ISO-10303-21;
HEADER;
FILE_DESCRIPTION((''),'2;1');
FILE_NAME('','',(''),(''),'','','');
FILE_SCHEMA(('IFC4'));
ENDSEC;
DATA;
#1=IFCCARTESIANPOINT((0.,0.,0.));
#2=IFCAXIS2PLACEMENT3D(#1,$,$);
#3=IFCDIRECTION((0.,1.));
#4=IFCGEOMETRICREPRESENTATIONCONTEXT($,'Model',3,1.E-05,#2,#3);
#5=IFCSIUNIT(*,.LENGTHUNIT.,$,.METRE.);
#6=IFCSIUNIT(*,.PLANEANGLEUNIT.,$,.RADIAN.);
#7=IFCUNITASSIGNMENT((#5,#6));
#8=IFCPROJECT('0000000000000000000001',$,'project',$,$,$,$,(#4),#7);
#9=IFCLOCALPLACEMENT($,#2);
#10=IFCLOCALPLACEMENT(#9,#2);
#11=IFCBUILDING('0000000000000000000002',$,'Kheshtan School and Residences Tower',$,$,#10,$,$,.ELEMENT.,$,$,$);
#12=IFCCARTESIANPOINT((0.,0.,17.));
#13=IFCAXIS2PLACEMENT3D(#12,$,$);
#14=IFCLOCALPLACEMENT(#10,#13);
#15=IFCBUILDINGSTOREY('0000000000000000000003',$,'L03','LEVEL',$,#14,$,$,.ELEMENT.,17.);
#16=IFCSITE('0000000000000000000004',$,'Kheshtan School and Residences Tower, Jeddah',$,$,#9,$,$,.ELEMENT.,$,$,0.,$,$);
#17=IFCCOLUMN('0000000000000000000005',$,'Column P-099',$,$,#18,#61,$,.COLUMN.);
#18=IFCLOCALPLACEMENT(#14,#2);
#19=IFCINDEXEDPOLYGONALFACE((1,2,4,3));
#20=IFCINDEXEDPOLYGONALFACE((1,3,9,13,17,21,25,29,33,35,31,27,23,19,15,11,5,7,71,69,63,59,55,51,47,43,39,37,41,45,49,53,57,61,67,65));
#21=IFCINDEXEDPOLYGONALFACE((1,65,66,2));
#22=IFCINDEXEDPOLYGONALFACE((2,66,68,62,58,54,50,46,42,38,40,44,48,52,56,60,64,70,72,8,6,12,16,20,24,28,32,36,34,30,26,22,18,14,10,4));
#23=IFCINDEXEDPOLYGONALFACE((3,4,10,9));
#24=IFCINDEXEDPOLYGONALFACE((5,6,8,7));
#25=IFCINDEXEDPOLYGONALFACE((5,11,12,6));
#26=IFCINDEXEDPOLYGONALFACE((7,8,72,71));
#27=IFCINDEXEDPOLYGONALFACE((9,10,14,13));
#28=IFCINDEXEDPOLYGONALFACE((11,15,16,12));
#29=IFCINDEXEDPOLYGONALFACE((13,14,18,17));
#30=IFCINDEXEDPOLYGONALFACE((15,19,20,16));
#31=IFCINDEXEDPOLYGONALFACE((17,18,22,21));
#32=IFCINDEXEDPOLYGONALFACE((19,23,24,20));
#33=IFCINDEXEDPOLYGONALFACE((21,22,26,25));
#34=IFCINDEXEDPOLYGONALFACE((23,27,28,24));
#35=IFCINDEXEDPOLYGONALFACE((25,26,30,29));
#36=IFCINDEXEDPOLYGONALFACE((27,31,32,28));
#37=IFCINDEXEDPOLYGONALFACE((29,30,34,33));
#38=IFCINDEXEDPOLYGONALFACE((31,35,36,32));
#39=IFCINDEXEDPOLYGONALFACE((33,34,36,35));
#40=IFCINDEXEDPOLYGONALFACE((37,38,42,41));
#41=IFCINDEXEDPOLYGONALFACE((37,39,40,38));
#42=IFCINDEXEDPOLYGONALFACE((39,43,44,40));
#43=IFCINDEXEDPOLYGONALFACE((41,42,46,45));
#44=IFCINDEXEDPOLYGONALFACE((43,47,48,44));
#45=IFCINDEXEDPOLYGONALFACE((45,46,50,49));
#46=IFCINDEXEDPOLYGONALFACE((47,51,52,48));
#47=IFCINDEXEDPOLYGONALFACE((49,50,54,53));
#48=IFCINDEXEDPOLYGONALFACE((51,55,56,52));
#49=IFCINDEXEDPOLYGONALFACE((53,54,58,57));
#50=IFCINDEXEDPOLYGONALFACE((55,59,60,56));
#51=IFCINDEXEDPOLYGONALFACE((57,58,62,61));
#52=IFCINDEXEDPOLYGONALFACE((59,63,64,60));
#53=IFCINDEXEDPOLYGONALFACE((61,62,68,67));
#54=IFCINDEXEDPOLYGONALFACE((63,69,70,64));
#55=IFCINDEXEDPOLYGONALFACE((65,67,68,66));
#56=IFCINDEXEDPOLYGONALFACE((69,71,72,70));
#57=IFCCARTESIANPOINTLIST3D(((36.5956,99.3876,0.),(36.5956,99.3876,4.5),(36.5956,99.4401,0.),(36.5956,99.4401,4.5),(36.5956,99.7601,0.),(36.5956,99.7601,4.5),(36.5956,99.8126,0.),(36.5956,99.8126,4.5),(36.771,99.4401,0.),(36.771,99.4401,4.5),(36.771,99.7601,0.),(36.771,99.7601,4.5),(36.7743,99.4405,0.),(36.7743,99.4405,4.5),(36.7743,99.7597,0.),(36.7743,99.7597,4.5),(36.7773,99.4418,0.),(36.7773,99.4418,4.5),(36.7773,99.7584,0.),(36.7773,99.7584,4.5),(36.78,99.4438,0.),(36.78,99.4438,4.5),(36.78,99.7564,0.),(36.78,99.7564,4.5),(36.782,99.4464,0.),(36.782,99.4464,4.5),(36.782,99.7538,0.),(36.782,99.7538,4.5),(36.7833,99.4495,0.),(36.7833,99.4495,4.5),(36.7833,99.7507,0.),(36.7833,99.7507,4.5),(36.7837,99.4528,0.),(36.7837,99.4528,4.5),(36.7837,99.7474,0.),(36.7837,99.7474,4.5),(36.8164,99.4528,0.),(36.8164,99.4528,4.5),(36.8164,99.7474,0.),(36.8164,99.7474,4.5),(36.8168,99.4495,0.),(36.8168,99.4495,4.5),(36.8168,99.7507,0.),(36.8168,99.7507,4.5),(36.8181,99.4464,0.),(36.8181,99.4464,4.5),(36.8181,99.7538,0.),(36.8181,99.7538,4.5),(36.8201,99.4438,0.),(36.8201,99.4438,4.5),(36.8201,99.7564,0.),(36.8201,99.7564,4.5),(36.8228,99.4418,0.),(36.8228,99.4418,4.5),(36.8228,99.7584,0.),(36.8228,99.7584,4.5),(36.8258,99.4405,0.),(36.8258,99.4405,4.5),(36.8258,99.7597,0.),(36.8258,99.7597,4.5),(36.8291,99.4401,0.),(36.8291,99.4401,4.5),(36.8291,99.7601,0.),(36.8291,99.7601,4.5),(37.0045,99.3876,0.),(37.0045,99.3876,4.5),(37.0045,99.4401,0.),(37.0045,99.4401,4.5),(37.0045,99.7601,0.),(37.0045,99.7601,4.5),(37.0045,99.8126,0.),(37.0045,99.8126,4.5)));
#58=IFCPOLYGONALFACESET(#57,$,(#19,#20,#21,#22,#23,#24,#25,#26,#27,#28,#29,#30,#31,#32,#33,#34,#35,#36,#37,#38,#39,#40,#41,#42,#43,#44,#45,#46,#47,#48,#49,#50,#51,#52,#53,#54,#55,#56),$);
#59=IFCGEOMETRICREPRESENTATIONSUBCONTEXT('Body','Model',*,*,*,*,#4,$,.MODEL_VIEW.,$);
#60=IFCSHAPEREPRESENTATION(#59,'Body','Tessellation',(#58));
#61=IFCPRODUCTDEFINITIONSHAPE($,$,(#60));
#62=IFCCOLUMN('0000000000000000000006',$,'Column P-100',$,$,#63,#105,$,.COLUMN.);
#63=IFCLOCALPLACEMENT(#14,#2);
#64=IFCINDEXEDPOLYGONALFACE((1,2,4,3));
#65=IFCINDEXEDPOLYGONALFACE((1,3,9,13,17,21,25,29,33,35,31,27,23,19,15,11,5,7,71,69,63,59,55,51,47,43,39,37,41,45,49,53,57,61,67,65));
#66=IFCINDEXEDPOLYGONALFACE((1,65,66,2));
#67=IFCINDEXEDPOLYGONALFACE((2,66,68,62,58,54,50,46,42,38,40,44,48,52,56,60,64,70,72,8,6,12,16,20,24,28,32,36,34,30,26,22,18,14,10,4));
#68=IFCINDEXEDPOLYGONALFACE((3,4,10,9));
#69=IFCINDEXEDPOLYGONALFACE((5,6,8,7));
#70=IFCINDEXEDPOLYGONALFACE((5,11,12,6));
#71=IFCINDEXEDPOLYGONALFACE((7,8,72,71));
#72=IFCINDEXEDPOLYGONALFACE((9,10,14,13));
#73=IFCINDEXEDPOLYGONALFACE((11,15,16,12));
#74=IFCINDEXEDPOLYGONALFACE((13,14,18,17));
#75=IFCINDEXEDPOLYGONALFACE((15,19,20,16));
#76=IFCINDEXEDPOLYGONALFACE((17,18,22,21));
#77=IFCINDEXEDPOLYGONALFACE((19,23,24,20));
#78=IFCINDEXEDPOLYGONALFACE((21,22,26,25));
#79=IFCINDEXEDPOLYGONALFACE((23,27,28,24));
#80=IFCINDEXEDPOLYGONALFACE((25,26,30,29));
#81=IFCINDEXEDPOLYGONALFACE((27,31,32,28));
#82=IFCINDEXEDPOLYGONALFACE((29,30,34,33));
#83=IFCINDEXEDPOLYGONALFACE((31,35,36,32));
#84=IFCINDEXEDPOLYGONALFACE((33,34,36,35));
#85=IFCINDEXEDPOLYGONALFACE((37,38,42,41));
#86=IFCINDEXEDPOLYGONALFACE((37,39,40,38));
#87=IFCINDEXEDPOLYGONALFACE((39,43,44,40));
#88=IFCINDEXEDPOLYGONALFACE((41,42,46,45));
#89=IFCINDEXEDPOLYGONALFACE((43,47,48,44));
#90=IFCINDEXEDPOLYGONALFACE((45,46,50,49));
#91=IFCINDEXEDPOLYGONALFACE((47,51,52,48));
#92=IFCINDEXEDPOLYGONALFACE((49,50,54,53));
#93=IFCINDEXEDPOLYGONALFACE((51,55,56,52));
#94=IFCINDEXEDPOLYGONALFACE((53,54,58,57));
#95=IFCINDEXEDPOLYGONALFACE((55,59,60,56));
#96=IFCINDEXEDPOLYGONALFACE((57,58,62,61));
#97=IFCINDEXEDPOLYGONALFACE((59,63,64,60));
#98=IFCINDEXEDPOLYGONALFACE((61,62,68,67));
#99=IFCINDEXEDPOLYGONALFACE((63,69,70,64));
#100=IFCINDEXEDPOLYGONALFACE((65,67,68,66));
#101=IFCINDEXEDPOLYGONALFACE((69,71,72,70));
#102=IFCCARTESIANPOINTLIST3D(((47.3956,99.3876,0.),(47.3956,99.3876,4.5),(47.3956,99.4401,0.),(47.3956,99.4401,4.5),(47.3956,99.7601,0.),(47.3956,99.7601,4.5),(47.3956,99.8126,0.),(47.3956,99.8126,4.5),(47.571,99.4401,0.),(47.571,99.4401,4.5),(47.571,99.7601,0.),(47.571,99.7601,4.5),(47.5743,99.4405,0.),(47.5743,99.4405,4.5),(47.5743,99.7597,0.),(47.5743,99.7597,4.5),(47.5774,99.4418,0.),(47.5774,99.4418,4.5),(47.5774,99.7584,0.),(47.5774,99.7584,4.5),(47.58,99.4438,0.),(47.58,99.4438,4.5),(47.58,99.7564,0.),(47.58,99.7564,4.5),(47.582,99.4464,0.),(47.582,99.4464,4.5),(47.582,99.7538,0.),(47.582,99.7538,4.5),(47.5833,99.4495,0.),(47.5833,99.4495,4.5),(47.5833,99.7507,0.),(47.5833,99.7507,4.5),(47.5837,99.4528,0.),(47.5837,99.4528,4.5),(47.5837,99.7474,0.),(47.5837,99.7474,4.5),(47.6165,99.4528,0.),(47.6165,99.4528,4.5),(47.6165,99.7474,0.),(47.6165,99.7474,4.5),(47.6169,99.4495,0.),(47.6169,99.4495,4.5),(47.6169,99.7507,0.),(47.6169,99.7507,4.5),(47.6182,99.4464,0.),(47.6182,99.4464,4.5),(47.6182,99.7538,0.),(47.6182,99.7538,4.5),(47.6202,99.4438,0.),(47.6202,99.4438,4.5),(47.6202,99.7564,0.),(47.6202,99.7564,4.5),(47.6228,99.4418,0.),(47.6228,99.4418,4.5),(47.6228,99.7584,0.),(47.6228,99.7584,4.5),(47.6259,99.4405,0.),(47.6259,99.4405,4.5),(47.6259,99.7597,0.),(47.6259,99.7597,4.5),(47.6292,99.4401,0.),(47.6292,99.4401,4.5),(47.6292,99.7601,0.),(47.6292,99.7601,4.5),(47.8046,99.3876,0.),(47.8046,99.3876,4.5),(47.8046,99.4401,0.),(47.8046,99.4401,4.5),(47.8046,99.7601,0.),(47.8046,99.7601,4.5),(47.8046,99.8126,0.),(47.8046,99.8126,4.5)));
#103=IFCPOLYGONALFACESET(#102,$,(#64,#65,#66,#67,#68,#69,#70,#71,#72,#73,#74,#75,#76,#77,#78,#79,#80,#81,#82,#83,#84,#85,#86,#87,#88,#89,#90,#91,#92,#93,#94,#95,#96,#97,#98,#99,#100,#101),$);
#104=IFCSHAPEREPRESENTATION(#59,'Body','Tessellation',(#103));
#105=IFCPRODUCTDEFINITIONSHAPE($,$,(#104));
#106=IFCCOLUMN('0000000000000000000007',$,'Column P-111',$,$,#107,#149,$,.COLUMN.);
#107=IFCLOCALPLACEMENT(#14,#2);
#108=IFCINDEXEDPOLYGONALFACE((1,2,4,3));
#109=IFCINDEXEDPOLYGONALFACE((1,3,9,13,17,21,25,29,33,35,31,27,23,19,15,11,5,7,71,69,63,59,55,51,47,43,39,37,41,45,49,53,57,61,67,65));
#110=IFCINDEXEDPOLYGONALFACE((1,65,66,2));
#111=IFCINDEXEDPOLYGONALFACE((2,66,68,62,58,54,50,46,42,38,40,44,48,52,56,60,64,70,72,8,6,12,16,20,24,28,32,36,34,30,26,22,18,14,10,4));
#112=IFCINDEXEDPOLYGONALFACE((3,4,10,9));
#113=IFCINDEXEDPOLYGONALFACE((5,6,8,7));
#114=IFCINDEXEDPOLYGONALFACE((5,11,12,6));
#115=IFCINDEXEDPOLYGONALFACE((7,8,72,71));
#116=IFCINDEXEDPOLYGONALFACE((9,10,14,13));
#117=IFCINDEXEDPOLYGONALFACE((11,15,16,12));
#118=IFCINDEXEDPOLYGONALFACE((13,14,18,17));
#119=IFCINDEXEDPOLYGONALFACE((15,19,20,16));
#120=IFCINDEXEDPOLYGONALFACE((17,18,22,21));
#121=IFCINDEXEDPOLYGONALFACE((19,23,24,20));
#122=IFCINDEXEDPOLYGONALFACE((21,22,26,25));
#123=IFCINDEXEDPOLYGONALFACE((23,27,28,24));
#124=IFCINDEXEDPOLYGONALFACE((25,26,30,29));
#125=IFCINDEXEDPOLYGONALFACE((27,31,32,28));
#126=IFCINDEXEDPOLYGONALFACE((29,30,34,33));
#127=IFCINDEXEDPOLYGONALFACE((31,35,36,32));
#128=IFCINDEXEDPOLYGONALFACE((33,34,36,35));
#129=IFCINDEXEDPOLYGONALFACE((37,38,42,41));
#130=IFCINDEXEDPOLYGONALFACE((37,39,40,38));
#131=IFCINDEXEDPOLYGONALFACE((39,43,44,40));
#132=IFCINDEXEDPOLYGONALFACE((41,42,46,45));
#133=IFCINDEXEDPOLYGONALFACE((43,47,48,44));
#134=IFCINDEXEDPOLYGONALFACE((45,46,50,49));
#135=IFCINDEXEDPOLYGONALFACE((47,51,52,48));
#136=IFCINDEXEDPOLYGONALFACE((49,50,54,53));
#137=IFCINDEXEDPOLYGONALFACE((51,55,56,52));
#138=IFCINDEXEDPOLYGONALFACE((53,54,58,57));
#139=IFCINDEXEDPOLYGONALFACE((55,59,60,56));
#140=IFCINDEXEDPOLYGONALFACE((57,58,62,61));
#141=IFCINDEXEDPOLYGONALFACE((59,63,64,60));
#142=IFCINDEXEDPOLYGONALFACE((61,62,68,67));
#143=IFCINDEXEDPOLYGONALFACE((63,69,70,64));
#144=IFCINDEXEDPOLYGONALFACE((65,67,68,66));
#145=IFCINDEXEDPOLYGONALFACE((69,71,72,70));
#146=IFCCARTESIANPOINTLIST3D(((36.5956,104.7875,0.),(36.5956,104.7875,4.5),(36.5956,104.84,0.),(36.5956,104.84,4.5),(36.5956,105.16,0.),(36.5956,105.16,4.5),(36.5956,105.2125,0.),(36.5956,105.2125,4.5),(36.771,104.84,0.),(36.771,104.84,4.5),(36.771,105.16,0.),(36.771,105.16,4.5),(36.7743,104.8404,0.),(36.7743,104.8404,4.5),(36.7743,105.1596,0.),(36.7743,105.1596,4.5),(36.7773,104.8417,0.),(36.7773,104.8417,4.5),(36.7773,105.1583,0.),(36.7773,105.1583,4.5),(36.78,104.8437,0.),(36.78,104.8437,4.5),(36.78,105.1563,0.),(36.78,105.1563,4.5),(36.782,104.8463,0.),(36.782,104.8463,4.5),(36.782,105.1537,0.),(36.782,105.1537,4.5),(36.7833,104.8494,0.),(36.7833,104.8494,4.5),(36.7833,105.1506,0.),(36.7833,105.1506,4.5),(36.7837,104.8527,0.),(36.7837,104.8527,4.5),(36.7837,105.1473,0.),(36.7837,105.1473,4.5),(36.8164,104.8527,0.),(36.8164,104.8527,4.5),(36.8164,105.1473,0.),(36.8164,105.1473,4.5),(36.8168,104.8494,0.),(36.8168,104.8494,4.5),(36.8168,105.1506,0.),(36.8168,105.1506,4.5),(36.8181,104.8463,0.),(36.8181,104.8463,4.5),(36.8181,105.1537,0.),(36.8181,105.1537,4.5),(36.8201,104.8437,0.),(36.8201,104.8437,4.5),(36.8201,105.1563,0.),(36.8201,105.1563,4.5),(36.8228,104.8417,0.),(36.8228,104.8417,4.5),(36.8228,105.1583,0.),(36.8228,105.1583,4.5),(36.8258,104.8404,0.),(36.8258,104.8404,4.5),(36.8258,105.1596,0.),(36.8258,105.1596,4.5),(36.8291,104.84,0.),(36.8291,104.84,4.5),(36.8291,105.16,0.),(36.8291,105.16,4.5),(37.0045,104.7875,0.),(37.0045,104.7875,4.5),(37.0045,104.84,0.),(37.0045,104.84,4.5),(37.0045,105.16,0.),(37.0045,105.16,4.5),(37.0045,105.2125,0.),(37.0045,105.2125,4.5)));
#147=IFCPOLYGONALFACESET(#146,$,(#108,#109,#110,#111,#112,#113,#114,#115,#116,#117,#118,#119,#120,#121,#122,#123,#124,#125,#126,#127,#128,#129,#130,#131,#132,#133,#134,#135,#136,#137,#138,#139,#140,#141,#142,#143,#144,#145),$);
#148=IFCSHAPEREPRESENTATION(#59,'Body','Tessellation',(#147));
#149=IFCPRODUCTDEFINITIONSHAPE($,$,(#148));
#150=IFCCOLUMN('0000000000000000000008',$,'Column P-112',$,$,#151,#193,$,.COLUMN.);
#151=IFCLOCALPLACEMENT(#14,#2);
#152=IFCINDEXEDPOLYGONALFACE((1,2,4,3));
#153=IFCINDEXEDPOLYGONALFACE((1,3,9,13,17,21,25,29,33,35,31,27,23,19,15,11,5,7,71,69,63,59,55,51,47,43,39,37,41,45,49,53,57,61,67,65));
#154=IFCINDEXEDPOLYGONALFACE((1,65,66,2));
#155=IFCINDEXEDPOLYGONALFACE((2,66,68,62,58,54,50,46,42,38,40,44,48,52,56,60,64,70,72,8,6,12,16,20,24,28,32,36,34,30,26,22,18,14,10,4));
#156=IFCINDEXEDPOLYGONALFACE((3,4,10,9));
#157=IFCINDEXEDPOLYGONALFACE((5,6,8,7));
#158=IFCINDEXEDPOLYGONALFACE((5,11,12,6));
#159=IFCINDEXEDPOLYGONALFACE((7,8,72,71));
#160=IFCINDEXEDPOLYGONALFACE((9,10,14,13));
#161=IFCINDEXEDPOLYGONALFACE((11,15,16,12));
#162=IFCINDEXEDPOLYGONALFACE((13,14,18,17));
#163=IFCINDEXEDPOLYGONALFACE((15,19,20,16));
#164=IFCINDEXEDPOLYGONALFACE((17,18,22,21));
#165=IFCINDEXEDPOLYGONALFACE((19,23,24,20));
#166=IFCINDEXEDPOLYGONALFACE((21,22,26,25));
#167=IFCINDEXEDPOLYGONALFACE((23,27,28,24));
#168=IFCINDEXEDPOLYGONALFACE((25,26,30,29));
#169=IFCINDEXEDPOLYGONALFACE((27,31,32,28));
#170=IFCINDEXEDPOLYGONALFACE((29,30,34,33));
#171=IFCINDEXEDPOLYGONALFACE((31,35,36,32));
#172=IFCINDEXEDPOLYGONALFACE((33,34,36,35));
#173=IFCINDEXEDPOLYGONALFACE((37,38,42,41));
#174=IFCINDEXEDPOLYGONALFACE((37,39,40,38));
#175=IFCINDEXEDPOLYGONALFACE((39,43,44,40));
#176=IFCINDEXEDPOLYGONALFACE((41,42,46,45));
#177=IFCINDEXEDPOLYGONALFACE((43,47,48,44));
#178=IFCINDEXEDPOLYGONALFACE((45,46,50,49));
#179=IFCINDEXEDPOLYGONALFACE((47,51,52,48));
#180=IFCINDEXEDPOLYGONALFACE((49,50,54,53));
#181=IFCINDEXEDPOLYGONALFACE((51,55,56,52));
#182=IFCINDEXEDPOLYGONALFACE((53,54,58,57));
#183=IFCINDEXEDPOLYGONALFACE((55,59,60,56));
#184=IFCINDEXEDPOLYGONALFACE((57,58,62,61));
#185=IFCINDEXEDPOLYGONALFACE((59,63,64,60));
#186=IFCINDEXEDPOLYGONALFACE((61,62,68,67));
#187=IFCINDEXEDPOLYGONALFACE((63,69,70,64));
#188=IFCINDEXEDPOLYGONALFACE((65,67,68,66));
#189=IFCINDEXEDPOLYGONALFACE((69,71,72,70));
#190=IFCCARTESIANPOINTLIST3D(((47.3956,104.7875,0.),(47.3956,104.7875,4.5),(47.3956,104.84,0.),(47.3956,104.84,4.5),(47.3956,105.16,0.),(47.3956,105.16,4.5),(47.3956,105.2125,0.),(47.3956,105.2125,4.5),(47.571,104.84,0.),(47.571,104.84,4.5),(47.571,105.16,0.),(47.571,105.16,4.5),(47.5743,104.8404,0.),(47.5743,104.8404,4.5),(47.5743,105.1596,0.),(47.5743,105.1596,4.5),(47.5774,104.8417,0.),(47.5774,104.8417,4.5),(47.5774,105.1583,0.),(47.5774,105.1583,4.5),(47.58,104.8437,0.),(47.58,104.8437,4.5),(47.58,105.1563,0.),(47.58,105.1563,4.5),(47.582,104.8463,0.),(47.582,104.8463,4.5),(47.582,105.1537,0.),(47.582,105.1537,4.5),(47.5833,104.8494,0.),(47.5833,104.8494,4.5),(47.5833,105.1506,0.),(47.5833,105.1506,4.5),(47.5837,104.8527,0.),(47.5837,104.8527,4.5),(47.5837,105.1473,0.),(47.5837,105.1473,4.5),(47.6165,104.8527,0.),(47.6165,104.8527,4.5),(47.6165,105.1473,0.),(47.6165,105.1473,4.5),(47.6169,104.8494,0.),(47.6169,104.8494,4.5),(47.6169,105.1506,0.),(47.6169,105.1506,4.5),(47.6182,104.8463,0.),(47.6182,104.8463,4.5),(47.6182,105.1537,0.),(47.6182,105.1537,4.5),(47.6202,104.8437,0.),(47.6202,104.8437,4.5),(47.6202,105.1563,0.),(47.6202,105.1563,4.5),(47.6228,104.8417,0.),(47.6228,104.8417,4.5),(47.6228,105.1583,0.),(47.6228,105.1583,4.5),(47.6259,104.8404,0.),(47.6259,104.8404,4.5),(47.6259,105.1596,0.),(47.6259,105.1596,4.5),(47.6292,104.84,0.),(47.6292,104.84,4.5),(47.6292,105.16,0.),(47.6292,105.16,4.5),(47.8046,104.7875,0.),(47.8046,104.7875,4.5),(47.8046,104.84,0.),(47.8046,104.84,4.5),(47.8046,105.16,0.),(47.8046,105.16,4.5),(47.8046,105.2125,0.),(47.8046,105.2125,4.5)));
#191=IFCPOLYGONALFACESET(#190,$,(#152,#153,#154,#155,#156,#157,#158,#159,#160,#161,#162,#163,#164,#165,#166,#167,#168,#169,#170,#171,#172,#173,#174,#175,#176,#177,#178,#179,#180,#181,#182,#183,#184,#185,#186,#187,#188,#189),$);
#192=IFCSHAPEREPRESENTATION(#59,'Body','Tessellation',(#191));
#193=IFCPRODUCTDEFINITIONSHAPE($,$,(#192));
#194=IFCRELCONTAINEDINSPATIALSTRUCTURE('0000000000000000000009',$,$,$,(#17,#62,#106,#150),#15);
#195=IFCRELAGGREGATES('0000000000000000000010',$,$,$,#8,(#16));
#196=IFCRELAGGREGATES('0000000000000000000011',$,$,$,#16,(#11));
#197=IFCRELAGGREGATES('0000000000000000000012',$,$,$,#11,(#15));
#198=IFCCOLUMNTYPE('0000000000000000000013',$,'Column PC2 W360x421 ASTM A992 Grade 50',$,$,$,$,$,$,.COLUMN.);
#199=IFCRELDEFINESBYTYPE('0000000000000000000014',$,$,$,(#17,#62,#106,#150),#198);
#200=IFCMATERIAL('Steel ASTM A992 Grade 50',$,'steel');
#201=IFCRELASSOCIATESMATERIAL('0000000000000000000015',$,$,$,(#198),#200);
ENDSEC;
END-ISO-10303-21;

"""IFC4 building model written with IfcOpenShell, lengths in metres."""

from ifc_helpers import new_model, si_unit, direction, frame, origin, origin_2d, place, context, subcontext, project, spatial, i_section, extrude, material, material_profile, profile_set, type_object, element, save


model = new_model("IFC4")

# Units and contexts
model_context = context("Model", 3, precision=1e-05, world=origin(), true_north=direction((0.0, 1.0)))
body_context = subcontext(model_context, "Body", "Model", "MODEL_VIEW")
ifc_project = project(units=[si_unit("LENGTHUNIT", "METRE"), si_unit("PLANEANGLEUNIT", "RADIAN")], contexts=[model_context])

# Site, building, storey
site_placement = place(None, origin())
site = spatial("IfcSite", under=ifc_project, at=site_placement, Name="Kheshtan School and Residences Tower, Jeddah", CompositionType="ELEMENT", RefElevation=0.0)
building_placement = place(site_placement, origin())
building = spatial("IfcBuilding", under=site, at=building_placement, Name="Kheshtan School and Residences Tower", CompositionType="ELEMENT")
storey_placement = place(building_placement, frame((0.0, 0.0, 17.0)))
storey = spatial("IfcBuildingStorey", under=building, at=storey_placement, Name="L03", Description="LEVEL", CompositionType="ELEMENT", Elevation=17.0)

# Columns
ifc_material_1 = material(Name="Steel ASTM A992 Grade 50", Category="steel")
ifc_material_profile_1 = material_profile(ifc_material_1, i_section(OverallWidth=0.4089, OverallDepth=0.425, WebThickness=0.0327, FlangeThickness=0.0525, FilletRadius=0.0127, at=origin_2d()), Name="W360x421")
ifc_profile_set_1 = profile_set([ifc_material_profile_1], Name="Steel ASTM A992 Grade 50")
column_type = type_object("IfcColumnType", Name="Column PC2 W360x421 ASTM A992 Grade 50", PredefinedType="COLUMN", material=ifc_profile_set_1)
for number, where, z_axis, x_axis, name in (
    (1, (36.8, 99.6001, 0.0), (0.0, 0.0, 1.0), (1.0, 0.0, 0.0), "Column P-099"),
    (2, (47.6001, 99.6001, 0.0), (0.0, 0.0, 1.0), (1.0, 0.0, 0.0), "Column P-100"),
    (3, (36.8, 105.0, 0.0), (0.0, 0.0, 1.0), (1.0, 0.0, 0.0), "Column P-111"),
    (4, (47.6001, 105.0, 0.0), (0.0, 0.0, 1.0), (1.0, 0.0, 0.0), "Column P-112"),
):
    element("IfcColumn", number, at=place(storey_placement, frame(where, z_axis=z_axis, x_axis=x_axis)), inside=storey, type_object=column_type, Name=name, PredefinedType="COLUMN", context=body_context, shape_type="SweptSolid", body=[
        extrude(i_section(OverallWidth=0.4089, OverallDepth=0.425, WebThickness=0.0327, FlangeThickness=0.0525, FilletRadius=0.0127, at=origin_2d()), origin(), (0.0, 0.0, 1.0), 4.5),
    ])

save(model, "model.ifc")
